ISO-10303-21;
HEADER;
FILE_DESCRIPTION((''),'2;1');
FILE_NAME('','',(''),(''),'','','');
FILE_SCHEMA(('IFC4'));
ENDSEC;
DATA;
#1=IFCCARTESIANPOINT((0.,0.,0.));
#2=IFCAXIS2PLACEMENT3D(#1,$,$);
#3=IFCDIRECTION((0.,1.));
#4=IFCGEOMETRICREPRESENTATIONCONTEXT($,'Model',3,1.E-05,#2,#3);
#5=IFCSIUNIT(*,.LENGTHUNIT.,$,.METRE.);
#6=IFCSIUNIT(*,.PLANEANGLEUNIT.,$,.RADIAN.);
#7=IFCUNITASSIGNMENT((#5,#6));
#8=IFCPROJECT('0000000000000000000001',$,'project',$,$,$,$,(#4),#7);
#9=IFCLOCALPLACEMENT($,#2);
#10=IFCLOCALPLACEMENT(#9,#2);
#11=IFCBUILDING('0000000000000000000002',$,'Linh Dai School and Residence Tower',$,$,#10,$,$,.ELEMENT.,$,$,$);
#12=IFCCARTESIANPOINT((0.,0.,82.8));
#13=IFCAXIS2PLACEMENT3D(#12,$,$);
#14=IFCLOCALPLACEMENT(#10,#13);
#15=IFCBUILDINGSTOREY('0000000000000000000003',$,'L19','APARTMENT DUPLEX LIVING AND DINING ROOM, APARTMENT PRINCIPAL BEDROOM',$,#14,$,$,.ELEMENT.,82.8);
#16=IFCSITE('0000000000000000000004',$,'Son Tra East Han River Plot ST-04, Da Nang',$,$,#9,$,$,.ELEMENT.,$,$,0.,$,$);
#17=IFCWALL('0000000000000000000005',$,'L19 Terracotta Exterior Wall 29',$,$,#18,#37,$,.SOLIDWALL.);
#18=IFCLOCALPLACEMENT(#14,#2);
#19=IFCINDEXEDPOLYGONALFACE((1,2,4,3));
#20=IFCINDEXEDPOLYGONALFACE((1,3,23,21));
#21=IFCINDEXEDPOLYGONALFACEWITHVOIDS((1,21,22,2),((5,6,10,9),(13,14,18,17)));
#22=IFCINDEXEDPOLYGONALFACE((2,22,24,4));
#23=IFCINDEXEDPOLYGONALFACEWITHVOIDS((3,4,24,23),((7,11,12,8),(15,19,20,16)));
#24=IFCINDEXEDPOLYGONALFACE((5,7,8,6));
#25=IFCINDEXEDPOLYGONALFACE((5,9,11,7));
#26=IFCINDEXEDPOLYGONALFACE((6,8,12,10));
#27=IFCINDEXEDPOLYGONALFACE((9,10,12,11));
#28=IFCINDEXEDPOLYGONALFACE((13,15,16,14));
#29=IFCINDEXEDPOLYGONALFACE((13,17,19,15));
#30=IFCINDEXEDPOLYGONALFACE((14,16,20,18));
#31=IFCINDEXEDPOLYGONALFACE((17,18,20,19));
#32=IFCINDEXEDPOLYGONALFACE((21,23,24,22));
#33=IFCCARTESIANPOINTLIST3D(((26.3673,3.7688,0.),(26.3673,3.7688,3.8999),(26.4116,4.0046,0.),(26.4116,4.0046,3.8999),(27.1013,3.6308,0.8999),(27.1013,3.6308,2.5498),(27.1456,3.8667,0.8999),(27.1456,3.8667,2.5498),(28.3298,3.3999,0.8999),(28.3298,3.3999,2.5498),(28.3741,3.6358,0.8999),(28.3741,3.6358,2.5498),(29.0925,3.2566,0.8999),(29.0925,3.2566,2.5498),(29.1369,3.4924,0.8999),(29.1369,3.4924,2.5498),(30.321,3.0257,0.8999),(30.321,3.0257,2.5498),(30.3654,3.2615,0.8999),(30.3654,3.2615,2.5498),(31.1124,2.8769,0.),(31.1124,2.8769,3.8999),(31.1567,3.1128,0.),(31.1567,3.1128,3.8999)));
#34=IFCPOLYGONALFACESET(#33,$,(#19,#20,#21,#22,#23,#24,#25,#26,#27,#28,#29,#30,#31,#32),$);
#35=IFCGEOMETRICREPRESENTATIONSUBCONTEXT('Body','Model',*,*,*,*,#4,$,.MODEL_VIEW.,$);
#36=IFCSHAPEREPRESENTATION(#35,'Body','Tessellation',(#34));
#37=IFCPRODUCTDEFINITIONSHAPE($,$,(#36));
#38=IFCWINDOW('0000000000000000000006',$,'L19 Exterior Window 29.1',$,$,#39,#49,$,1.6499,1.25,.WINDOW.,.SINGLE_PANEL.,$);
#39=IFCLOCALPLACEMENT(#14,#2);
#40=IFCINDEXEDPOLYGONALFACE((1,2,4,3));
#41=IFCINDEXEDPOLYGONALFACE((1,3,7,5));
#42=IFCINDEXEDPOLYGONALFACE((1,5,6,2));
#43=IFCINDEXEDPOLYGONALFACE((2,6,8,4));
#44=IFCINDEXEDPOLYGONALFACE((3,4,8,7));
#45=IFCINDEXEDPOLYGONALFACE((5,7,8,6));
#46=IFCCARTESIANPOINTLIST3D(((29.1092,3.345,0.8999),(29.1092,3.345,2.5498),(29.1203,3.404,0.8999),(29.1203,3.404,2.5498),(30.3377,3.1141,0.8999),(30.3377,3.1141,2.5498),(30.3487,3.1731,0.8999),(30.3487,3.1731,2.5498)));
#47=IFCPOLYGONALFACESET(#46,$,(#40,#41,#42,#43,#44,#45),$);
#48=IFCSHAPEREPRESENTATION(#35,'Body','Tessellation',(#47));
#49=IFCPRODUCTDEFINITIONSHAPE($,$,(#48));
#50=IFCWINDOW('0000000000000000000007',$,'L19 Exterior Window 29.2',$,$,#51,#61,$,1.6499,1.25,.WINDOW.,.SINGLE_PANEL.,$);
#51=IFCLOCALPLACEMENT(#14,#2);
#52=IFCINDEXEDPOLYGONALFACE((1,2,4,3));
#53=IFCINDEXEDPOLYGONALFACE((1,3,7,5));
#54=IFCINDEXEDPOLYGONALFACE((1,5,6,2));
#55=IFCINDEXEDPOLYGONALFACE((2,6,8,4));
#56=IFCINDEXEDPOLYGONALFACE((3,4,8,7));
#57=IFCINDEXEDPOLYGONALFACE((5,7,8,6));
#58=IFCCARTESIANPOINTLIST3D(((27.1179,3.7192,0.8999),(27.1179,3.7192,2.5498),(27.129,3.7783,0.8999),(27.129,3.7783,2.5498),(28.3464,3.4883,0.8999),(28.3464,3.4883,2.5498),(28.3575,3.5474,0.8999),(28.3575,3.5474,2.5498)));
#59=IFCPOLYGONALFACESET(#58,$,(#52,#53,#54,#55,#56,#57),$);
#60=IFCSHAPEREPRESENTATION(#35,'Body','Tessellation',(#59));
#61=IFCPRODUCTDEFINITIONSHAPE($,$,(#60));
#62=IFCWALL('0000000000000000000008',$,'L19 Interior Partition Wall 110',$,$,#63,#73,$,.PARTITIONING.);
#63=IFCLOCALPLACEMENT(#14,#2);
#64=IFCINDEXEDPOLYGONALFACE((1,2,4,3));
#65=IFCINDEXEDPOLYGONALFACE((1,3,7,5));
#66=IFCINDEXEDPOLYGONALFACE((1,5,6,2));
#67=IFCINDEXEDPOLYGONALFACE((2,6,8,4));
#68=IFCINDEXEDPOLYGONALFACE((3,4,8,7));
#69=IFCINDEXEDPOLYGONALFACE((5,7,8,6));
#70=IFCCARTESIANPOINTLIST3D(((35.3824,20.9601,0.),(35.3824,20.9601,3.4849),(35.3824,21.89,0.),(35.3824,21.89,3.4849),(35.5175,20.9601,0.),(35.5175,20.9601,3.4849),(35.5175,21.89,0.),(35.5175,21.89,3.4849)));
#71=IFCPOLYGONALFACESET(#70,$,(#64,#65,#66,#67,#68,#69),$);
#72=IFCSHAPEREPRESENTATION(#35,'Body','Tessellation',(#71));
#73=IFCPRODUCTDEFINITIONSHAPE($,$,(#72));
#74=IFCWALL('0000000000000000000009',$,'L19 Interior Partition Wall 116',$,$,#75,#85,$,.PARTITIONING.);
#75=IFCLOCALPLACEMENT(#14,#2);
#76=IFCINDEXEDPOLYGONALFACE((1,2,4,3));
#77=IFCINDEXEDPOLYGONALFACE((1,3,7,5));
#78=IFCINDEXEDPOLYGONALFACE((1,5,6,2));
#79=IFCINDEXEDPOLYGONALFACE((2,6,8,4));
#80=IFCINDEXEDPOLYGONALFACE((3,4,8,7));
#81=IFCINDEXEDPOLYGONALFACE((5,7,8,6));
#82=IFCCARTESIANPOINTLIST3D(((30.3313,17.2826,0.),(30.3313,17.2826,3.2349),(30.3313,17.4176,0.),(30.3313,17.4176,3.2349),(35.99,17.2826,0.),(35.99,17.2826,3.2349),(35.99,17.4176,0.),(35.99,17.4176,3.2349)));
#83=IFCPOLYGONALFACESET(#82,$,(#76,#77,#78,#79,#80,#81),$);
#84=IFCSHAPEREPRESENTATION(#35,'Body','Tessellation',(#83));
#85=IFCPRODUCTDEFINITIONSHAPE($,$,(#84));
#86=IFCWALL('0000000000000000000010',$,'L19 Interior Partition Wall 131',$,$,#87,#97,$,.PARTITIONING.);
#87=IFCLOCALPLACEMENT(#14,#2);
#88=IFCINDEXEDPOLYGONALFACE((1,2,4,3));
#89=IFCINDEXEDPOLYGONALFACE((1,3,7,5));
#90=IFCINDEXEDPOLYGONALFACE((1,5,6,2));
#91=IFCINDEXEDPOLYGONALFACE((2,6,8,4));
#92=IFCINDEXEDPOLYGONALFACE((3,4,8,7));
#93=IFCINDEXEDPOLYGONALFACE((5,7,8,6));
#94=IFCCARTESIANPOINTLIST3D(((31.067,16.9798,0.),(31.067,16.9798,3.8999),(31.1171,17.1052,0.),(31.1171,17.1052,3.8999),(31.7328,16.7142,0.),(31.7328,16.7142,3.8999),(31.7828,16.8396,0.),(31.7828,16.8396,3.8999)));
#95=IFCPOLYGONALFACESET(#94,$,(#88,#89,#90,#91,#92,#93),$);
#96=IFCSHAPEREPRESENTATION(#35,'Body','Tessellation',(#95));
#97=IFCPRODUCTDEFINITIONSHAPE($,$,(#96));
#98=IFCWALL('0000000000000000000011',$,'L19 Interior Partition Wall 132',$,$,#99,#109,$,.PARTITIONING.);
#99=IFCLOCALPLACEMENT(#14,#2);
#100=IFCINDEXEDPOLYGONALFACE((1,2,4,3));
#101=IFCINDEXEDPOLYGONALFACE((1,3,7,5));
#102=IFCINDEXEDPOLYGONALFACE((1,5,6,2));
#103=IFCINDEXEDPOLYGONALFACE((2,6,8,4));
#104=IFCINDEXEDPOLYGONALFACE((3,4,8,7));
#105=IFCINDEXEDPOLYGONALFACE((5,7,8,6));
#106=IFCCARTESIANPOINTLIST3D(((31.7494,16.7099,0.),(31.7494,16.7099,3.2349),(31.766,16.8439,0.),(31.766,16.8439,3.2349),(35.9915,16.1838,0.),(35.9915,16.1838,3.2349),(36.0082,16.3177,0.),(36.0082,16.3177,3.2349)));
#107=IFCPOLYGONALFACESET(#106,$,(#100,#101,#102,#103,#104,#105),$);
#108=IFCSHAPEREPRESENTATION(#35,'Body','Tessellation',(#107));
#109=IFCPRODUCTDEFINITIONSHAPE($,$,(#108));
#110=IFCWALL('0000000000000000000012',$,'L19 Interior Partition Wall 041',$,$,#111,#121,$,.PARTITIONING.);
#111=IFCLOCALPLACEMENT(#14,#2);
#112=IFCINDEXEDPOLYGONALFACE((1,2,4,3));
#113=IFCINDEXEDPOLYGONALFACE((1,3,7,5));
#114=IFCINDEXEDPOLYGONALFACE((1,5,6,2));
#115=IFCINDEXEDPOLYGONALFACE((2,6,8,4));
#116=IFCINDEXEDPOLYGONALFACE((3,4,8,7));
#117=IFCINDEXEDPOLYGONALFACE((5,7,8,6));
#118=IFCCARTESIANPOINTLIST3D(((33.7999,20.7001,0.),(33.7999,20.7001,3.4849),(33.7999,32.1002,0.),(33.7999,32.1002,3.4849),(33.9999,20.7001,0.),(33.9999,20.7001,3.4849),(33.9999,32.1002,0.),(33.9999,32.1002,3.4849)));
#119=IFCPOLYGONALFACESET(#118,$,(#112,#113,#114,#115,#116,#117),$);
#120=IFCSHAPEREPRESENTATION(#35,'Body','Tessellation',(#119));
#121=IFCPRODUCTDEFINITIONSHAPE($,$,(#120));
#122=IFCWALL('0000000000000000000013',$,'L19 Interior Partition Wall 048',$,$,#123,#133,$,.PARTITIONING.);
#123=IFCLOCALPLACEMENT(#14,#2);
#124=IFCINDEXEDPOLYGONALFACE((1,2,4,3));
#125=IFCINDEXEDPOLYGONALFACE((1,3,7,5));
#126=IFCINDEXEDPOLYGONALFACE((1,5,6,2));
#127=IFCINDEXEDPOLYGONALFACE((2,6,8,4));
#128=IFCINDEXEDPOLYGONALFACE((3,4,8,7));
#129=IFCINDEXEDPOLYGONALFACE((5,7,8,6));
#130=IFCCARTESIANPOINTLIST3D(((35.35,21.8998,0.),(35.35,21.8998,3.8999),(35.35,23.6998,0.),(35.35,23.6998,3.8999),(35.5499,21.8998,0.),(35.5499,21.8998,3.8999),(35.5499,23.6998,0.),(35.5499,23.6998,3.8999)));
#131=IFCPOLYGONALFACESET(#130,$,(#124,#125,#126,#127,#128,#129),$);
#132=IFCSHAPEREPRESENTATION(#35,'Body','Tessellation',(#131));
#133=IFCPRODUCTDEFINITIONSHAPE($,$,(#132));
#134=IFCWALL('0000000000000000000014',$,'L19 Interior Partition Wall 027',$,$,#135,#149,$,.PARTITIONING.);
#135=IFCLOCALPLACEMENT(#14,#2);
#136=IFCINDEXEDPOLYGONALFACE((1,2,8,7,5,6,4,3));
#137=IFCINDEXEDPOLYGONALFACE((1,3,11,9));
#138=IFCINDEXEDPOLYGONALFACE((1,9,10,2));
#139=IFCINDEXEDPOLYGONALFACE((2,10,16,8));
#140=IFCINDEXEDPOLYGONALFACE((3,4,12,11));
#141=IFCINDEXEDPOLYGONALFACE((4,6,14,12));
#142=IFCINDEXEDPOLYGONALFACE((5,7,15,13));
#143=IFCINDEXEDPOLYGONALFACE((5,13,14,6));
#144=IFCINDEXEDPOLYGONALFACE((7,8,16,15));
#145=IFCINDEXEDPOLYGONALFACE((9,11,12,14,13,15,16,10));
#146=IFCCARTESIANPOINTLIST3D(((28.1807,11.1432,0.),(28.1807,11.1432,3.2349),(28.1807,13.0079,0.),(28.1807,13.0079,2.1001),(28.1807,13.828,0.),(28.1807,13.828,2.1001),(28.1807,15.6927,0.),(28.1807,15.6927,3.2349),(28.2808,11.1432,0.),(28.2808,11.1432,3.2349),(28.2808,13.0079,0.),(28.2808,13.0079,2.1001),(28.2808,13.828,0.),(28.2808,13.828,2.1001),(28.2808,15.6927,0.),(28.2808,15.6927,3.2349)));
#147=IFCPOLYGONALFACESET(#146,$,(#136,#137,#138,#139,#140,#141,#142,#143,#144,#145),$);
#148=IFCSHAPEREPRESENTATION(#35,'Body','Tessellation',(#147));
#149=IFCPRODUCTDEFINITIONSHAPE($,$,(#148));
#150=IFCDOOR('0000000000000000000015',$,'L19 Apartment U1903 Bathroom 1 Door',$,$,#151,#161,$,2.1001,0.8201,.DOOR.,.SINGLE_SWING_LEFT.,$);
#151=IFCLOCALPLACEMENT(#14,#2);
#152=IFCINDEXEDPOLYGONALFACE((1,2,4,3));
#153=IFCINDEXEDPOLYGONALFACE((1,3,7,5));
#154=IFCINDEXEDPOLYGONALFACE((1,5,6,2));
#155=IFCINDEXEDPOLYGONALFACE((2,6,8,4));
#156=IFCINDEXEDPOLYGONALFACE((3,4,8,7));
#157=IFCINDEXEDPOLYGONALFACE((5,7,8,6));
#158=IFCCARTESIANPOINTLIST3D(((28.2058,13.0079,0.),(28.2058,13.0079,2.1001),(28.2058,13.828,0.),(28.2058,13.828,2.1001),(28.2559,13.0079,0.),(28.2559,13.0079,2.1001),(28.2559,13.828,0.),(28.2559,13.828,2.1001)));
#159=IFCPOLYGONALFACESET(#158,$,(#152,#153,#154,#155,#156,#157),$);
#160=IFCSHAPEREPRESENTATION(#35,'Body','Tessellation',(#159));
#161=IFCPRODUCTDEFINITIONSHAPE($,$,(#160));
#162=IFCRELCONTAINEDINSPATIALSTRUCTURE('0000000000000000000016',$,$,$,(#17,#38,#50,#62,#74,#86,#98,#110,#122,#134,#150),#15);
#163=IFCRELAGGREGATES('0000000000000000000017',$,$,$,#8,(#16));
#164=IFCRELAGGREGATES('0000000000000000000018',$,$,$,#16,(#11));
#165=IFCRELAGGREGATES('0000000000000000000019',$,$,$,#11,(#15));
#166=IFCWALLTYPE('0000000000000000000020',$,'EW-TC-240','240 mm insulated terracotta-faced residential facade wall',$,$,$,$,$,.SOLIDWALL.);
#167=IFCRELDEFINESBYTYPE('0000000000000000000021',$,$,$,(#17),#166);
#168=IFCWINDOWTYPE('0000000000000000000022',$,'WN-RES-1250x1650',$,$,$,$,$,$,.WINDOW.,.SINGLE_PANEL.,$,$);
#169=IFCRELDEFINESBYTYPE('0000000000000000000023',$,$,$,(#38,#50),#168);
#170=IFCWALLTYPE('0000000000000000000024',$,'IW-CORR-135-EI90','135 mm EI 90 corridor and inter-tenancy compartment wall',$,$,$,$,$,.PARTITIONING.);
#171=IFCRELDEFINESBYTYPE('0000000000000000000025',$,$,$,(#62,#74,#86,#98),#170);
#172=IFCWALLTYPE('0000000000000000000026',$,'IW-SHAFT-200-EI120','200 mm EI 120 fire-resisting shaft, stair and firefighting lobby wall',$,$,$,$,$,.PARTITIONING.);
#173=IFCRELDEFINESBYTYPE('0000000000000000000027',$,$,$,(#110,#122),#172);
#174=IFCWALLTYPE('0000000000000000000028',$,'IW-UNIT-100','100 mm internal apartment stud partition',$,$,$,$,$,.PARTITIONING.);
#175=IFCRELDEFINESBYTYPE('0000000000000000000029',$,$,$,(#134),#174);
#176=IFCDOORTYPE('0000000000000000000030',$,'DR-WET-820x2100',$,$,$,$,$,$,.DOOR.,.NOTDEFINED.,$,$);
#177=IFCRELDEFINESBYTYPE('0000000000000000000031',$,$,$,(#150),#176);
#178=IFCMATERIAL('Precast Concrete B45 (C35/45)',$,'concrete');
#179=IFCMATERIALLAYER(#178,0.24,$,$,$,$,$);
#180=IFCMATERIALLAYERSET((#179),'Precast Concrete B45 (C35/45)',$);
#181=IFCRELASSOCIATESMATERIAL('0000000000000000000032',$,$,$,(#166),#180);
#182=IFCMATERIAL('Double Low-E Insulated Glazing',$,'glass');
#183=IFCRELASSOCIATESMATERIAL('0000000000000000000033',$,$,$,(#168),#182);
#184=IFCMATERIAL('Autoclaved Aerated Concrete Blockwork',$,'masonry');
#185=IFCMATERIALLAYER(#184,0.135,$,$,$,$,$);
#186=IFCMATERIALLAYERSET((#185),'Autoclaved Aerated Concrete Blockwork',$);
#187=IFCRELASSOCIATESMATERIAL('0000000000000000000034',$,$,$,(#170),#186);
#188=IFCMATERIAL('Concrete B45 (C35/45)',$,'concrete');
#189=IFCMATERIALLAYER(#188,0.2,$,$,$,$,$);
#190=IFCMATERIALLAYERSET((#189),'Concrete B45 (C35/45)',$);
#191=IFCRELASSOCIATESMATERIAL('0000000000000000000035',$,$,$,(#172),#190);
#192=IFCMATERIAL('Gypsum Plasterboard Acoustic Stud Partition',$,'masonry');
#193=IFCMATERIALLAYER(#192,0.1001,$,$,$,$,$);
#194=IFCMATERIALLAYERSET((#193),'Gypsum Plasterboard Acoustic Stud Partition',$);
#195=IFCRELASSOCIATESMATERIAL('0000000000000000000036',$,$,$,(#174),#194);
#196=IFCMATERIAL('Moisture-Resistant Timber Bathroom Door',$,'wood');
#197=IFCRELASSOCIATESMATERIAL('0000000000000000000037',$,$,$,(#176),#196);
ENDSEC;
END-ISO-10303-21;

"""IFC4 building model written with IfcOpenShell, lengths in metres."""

from ifc_helpers import new_model, si_unit, direction, frame, frame_2d, origin, origin_2d, place, context, subcontext, project, spatial, rectangle, extrude, source, transform, mapped, material, layer, layer_set, type_object, element, fill, save


model = new_model("IFC4")

# Units and contexts
model_context = context("Model", 3, precision=1e-05, world=origin(), true_north=direction((0.0, 1.0)))
body_context = subcontext(model_context, "Body", "Model", "MODEL_VIEW")
ifc_project = project(units=[si_unit("LENGTHUNIT", "METRE"), si_unit("PLANEANGLEUNIT", "RADIAN")], contexts=[model_context])

# Site, building, storey
site_placement = place(None, origin())
site = spatial("IfcSite", under=ifc_project, at=site_placement, Name="Son Tra East Han River Plot ST-04, Da Nang", CompositionType="ELEMENT", RefElevation=0.0)
building_placement = place(site_placement, origin())
building = spatial("IfcBuilding", under=site, at=building_placement, Name="Linh Dai School and Residence Tower", CompositionType="ELEMENT")
storey_placement = place(building_placement, frame((0.0, 0.0, 82.8)))
storey = spatial("IfcBuildingStorey", under=building, at=storey_placement, Name="L19", Description="APARTMENT DUPLEX LIVING AND DINING ROOM, APARTMENT PRINCIPAL BEDROOM", CompositionType="ELEMENT", Elevation=82.8)

# Shared definitions
ifc_material_1 = material(Name="Precast Concrete B45 (C35/45)", Category="concrete")

# Shared definitions
ifc_layer_1 = layer(ifc_material_1, 0.24)
ifc_layer_set_1 = layer_set([ifc_layer_1], Name="Precast Concrete B45 (C35/45)")
wall_type_1 = type_object("IfcWallType", Name="EW-TC-240", Description="240 mm insulated terracotta-faced residential facade wall", PredefinedType="SOLIDWALL", material=ifc_layer_set_1)
ifc_material_2 = material(Name="Double Low-E Insulated Glazing", Category="glass")

# Wall, openings, windows
wall_1_placement = place(storey_placement, frame((31.1345, 2.9949, 0.0), z_axis=(0.0, 0.0, 1.0), x_axis=(-0.982792, 0.184716, 0.0)))
wall_1 = element("IfcWall", 1, at=wall_1_placement, inside=storey, type_object=wall_type_1, Name="L19 Terracotta Exterior Wall 29", PredefinedType="SOLIDWALL", context=body_context, shape_type="SweptSolid", body=[
    extrude(rectangle(XDim=4.8281, YDim=0.24, at=frame_2d((2.4141, 0.0))), origin(), (0.0, 0.0, 1.0), 3.8999),
])
opening_1_placement = place(wall_1_placement, frame((0.8052, 0.0, 0.8999)))
opening_1 = element("IfcOpeningElement", 2, at=opening_1_placement, cuts=wall_1, PredefinedType="OPENING", context=body_context, shape_type="SweptSolid", body=[
    extrude(rectangle(XDim=1.25, YDim=1.6499, at=origin_2d()), frame((0.625, 0.1299, 0.825), z_axis=(0.0, -1.0, 0.0), x_axis=(1.0, 0.0, 0.0)), (0.0, 0.0, 1.0), 0.26),
])
opening_2_placement = place(wall_1_placement, frame((2.8313, 0.0, 0.8999)))
opening_2 = element("IfcOpeningElement", 3, at=opening_2_placement, cuts=wall_1, PredefinedType="OPENING", context=body_context, shape_type="SweptSolid", body=[
    extrude(rectangle(XDim=1.25, YDim=1.6499, at=origin_2d()), frame((0.625, 0.1299, 0.825), z_axis=(0.0, -1.0, 0.0), x_axis=(1.0, 0.0, 0.0)), (0.0, 0.0, 1.0), 0.26),
])
window_type_1 = type_object("IfcWindowType", Name="WN-RES-1250x1650", PartitioningType="SINGLE_PANEL", PredefinedType="WINDOW", material=ifc_material_2)
shared_shape_1 = source(origin(), body_context, "Body", "SweptSolid", [
    extrude(rectangle(XDim=1.25, YDim=1.6499, at=origin_2d()), frame((0.625, 0.03, 0.825), z_axis=(0.0, -1.0, 0.0), x_axis=(1.0, 0.0, 0.0)), (0.0, 0.0, 1.0), 0.0601),
])
window_1_placement = place(opening_1_placement, origin())
window_1 = element("IfcWindow", 4, at=window_1_placement, inside=storey, type_object=window_type_1, Name="L19 Exterior Window 29.1", OverallHeight=1.6499, OverallWidth=1.25, PartitioningType="SINGLE_PANEL", PredefinedType="WINDOW", context=body_context, shape_type="MappedRepresentation", body=[
    mapped(shared_shape_1, transform((0.0, 0.0, 0.0), x_axis=(1.0, 0.0, 0.0), y_axis=(0.0, 1.0, 0.0), z_axis=(0.0, 0.0, 1.0), scale=1.0)),
])
fill(opening_1, window_1)
window_2_placement = place(opening_2_placement, origin())
window_2 = element("IfcWindow", 5, at=window_2_placement, inside=storey, type_object=window_type_1, Name="L19 Exterior Window 29.2", OverallHeight=1.6499, OverallWidth=1.25, PartitioningType="SINGLE_PANEL", PredefinedType="WINDOW", context=body_context, shape_type="MappedRepresentation", body=[
    mapped(shared_shape_1, transform((0.0, 0.0, 0.0), x_axis=(1.0, 0.0, 0.0), y_axis=(0.0, 1.0, 0.0), z_axis=(0.0, 0.0, 1.0), scale=1.0)),
])
fill(opening_2, window_2)

# Walls
ifc_material_3 = material(Name="Autoclaved Aerated Concrete Blockwork", Category="masonry")
ifc_layer_2 = layer(ifc_material_3, 0.135)
ifc_layer_set_2 = layer_set([ifc_layer_2], Name="Autoclaved Aerated Concrete Blockwork")
wall_type_2 = type_object("IfcWallType", Name="IW-CORR-135-EI90", Description="135 mm EI 90 corridor and inter-tenancy compartment wall", PredefinedType="PARTITIONING", material=ifc_layer_set_2)
wall_2_placement = place(storey_placement, frame((35.45, 21.8899, 0.0), z_axis=(0.0, 0.0, 1.0), x_axis=(0.0, -1.0, 0.0)))
element("IfcWall", 6, at=wall_2_placement, inside=storey, type_object=wall_type_2, Name="L19 Interior Partition Wall 110", PredefinedType="PARTITIONING", context=body_context, shape_type="SweptSolid", body=[
    extrude(rectangle(XDim=0.9299, YDim=0.135, at=frame_2d((0.4648, 0.0))), origin(), (0.0, 0.0, 1.0), 3.4849),
])
wall_3_placement = place(storey_placement, frame((35.99, 17.3501, 0.0), z_axis=(0.0, 0.0, 1.0), x_axis=(-1.0, 0.0, 0.0)))
element("IfcWall", 7, at=wall_3_placement, inside=storey, type_object=wall_type_2, Name="L19 Interior Partition Wall 116", PredefinedType="PARTITIONING", context=body_context, shape_type="SweptSolid", body=[
    extrude(rectangle(XDim=5.6587, YDim=0.135, at=frame_2d((2.8293, 0.0))), origin(), (0.0, 0.0, 1.0), 3.2349),
])
wall_4_placement = place(storey_placement, frame((31.092, 17.0425, 0.0), z_axis=(0.0, 0.0, 1.0), x_axis=(0.928805, -0.370568, 0.0)))
element("IfcWall", 8, at=wall_4_placement, inside=storey, type_object=wall_type_2, Name="L19 Interior Partition Wall 131", PredefinedType="PARTITIONING", context=body_context, shape_type="SweptSolid", body=[
    extrude(rectangle(XDim=0.7168, YDim=0.135, at=frame_2d((0.3584, 0.0))), origin(), (0.0, 0.0, 1.0), 3.8999),
])
wall_5_placement = place(storey_placement, frame((31.7578, 16.7769, 0.0), z_axis=(0.0, 0.0, 1.0), x_axis=(0.992397, -0.123079, 0.0)))
element("IfcWall", 9, at=wall_5_placement, inside=storey, type_object=wall_type_2, Name="L19 Interior Partition Wall 132", PredefinedType="PARTITIONING", context=body_context, shape_type="SweptSolid", body=[
    extrude(rectangle(XDim=4.2747, YDim=0.135, at=frame_2d((2.1372, 0.0))), origin(), (0.0, 0.0, 1.0), 3.2349),
])
ifc_material_4 = material(Name="Concrete B45 (C35/45)", Category="concrete")
ifc_layer_3 = layer(ifc_material_4, 0.2)
ifc_layer_set_3 = layer_set([ifc_layer_3], Name="Concrete B45 (C35/45)")
wall_type_3 = type_object("IfcWallType", Name="IW-SHAFT-200-EI120", Description="200 mm EI 120 fire-resisting shaft, stair and firefighting lobby wall", PredefinedType="PARTITIONING", material=ifc_layer_set_3)
wall_6_placement = place(storey_placement, frame((33.8999, 20.7, 0.0), z_axis=(0.0, 0.0, 1.0), x_axis=(0.0, 1.0, 0.0)))
element("IfcWall", 10, at=wall_6_placement, inside=storey, type_object=wall_type_3, Name="L19 Interior Partition Wall 041", PredefinedType="PARTITIONING", context=body_context, shape_type="SweptSolid", body=[
    extrude(rectangle(XDim=11.4001, YDim=0.2, at=frame_2d((5.7002, 0.0))), origin(), (0.0, 0.0, 1.0), 3.4849),
])
wall_7_placement = place(storey_placement, frame((35.45, 21.8999, 0.0), z_axis=(0.0, 0.0, 1.0), x_axis=(0.0, 1.0, 0.0)))
element("IfcWall", 11, at=wall_7_placement, inside=storey, type_object=wall_type_3, Name="L19 Interior Partition Wall 048", PredefinedType="PARTITIONING", context=body_context, shape_type="SweptSolid", body=[
    extrude(rectangle(XDim=1.8, YDim=0.2, at=frame_2d((0.8999, 0.0))), origin(), (0.0, 0.0, 1.0), 3.8999),
])

# Wall, opening, door
ifc_material_5 = material(Name="Gypsum Plasterboard Acoustic Stud Partition", Category="masonry")
ifc_layer_4 = layer(ifc_material_5, 0.1001)
ifc_layer_set_4 = layer_set([ifc_layer_4], Name="Gypsum Plasterboard Acoustic Stud Partition")
wall_type_4 = type_object("IfcWallType", Name="IW-UNIT-100", Description="100 mm internal apartment stud partition", PredefinedType="PARTITIONING", material=ifc_layer_set_4)
wall_8_placement = place(storey_placement, frame((28.2307, 11.1431, 0.0), z_axis=(0.0, 0.0, 1.0), x_axis=(0.0, 1.0, 0.0)))
wall_8 = element("IfcWall", 12, at=wall_8_placement, inside=storey, type_object=wall_type_4, Name="L19 Interior Partition Wall 027", PredefinedType="PARTITIONING", context=body_context, shape_type="SweptSolid", body=[
    extrude(rectangle(XDim=4.5496, YDim=0.1001, at=frame_2d((2.2749, 0.0))), origin(), (0.0, 0.0, 1.0), 3.2349),
])
opening_3_placement = place(wall_8_placement, frame((1.8647, 0.0, 0.0)))
opening_3 = element("IfcOpeningElement", 13, at=opening_3_placement, cuts=wall_8, PredefinedType="OPENING", context=body_context, shape_type="SweptSolid", body=[
    extrude(rectangle(XDim=0.8201, YDim=2.1001, at=origin_2d()), frame((0.4102, 0.0601, 1.05), z_axis=(0.0, -1.0, 0.0), x_axis=(1.0, 0.0, 0.0)), (0.0, 0.0, 1.0), 0.1201),
])
ifc_material_6 = material(Name="Moisture-Resistant Timber Bathroom Door", Category="wood")
door_type_1 = type_object("IfcDoorType", Name="DR-WET-820x2100", OperationType="NOTDEFINED", PredefinedType="DOOR", material=ifc_material_6)
shared_shape_2 = source(origin(), body_context, "Body", "SweptSolid", [
    extrude(rectangle(XDim=0.8201, YDim=2.1001, at=origin_2d()), frame((0.4102, 0.0249, 1.05), z_axis=(0.0, -1.0, 0.0), x_axis=(1.0, 0.0, 0.0)), (0.0, 0.0, 1.0), 0.05),
])
door_1_placement = place(opening_3_placement, origin())
door_1 = element("IfcDoor", 14, at=door_1_placement, inside=storey, type_object=door_type_1, Name="L19 Apartment U1903 Bathroom 1 Door", OperationType="SINGLE_SWING_LEFT", OverallHeight=2.1001, OverallWidth=0.8201, PredefinedType="DOOR", context=body_context, shape_type="MappedRepresentation", body=[
    mapped(shared_shape_2, transform((0.0, 0.0, 0.0), x_axis=(1.0, 0.0, 0.0), y_axis=(0.0, 1.0, 0.0), z_axis=(0.0, 0.0, 1.0), scale=1.0)),
])
fill(opening_3, door_1)

save(model, "model.ifc")
